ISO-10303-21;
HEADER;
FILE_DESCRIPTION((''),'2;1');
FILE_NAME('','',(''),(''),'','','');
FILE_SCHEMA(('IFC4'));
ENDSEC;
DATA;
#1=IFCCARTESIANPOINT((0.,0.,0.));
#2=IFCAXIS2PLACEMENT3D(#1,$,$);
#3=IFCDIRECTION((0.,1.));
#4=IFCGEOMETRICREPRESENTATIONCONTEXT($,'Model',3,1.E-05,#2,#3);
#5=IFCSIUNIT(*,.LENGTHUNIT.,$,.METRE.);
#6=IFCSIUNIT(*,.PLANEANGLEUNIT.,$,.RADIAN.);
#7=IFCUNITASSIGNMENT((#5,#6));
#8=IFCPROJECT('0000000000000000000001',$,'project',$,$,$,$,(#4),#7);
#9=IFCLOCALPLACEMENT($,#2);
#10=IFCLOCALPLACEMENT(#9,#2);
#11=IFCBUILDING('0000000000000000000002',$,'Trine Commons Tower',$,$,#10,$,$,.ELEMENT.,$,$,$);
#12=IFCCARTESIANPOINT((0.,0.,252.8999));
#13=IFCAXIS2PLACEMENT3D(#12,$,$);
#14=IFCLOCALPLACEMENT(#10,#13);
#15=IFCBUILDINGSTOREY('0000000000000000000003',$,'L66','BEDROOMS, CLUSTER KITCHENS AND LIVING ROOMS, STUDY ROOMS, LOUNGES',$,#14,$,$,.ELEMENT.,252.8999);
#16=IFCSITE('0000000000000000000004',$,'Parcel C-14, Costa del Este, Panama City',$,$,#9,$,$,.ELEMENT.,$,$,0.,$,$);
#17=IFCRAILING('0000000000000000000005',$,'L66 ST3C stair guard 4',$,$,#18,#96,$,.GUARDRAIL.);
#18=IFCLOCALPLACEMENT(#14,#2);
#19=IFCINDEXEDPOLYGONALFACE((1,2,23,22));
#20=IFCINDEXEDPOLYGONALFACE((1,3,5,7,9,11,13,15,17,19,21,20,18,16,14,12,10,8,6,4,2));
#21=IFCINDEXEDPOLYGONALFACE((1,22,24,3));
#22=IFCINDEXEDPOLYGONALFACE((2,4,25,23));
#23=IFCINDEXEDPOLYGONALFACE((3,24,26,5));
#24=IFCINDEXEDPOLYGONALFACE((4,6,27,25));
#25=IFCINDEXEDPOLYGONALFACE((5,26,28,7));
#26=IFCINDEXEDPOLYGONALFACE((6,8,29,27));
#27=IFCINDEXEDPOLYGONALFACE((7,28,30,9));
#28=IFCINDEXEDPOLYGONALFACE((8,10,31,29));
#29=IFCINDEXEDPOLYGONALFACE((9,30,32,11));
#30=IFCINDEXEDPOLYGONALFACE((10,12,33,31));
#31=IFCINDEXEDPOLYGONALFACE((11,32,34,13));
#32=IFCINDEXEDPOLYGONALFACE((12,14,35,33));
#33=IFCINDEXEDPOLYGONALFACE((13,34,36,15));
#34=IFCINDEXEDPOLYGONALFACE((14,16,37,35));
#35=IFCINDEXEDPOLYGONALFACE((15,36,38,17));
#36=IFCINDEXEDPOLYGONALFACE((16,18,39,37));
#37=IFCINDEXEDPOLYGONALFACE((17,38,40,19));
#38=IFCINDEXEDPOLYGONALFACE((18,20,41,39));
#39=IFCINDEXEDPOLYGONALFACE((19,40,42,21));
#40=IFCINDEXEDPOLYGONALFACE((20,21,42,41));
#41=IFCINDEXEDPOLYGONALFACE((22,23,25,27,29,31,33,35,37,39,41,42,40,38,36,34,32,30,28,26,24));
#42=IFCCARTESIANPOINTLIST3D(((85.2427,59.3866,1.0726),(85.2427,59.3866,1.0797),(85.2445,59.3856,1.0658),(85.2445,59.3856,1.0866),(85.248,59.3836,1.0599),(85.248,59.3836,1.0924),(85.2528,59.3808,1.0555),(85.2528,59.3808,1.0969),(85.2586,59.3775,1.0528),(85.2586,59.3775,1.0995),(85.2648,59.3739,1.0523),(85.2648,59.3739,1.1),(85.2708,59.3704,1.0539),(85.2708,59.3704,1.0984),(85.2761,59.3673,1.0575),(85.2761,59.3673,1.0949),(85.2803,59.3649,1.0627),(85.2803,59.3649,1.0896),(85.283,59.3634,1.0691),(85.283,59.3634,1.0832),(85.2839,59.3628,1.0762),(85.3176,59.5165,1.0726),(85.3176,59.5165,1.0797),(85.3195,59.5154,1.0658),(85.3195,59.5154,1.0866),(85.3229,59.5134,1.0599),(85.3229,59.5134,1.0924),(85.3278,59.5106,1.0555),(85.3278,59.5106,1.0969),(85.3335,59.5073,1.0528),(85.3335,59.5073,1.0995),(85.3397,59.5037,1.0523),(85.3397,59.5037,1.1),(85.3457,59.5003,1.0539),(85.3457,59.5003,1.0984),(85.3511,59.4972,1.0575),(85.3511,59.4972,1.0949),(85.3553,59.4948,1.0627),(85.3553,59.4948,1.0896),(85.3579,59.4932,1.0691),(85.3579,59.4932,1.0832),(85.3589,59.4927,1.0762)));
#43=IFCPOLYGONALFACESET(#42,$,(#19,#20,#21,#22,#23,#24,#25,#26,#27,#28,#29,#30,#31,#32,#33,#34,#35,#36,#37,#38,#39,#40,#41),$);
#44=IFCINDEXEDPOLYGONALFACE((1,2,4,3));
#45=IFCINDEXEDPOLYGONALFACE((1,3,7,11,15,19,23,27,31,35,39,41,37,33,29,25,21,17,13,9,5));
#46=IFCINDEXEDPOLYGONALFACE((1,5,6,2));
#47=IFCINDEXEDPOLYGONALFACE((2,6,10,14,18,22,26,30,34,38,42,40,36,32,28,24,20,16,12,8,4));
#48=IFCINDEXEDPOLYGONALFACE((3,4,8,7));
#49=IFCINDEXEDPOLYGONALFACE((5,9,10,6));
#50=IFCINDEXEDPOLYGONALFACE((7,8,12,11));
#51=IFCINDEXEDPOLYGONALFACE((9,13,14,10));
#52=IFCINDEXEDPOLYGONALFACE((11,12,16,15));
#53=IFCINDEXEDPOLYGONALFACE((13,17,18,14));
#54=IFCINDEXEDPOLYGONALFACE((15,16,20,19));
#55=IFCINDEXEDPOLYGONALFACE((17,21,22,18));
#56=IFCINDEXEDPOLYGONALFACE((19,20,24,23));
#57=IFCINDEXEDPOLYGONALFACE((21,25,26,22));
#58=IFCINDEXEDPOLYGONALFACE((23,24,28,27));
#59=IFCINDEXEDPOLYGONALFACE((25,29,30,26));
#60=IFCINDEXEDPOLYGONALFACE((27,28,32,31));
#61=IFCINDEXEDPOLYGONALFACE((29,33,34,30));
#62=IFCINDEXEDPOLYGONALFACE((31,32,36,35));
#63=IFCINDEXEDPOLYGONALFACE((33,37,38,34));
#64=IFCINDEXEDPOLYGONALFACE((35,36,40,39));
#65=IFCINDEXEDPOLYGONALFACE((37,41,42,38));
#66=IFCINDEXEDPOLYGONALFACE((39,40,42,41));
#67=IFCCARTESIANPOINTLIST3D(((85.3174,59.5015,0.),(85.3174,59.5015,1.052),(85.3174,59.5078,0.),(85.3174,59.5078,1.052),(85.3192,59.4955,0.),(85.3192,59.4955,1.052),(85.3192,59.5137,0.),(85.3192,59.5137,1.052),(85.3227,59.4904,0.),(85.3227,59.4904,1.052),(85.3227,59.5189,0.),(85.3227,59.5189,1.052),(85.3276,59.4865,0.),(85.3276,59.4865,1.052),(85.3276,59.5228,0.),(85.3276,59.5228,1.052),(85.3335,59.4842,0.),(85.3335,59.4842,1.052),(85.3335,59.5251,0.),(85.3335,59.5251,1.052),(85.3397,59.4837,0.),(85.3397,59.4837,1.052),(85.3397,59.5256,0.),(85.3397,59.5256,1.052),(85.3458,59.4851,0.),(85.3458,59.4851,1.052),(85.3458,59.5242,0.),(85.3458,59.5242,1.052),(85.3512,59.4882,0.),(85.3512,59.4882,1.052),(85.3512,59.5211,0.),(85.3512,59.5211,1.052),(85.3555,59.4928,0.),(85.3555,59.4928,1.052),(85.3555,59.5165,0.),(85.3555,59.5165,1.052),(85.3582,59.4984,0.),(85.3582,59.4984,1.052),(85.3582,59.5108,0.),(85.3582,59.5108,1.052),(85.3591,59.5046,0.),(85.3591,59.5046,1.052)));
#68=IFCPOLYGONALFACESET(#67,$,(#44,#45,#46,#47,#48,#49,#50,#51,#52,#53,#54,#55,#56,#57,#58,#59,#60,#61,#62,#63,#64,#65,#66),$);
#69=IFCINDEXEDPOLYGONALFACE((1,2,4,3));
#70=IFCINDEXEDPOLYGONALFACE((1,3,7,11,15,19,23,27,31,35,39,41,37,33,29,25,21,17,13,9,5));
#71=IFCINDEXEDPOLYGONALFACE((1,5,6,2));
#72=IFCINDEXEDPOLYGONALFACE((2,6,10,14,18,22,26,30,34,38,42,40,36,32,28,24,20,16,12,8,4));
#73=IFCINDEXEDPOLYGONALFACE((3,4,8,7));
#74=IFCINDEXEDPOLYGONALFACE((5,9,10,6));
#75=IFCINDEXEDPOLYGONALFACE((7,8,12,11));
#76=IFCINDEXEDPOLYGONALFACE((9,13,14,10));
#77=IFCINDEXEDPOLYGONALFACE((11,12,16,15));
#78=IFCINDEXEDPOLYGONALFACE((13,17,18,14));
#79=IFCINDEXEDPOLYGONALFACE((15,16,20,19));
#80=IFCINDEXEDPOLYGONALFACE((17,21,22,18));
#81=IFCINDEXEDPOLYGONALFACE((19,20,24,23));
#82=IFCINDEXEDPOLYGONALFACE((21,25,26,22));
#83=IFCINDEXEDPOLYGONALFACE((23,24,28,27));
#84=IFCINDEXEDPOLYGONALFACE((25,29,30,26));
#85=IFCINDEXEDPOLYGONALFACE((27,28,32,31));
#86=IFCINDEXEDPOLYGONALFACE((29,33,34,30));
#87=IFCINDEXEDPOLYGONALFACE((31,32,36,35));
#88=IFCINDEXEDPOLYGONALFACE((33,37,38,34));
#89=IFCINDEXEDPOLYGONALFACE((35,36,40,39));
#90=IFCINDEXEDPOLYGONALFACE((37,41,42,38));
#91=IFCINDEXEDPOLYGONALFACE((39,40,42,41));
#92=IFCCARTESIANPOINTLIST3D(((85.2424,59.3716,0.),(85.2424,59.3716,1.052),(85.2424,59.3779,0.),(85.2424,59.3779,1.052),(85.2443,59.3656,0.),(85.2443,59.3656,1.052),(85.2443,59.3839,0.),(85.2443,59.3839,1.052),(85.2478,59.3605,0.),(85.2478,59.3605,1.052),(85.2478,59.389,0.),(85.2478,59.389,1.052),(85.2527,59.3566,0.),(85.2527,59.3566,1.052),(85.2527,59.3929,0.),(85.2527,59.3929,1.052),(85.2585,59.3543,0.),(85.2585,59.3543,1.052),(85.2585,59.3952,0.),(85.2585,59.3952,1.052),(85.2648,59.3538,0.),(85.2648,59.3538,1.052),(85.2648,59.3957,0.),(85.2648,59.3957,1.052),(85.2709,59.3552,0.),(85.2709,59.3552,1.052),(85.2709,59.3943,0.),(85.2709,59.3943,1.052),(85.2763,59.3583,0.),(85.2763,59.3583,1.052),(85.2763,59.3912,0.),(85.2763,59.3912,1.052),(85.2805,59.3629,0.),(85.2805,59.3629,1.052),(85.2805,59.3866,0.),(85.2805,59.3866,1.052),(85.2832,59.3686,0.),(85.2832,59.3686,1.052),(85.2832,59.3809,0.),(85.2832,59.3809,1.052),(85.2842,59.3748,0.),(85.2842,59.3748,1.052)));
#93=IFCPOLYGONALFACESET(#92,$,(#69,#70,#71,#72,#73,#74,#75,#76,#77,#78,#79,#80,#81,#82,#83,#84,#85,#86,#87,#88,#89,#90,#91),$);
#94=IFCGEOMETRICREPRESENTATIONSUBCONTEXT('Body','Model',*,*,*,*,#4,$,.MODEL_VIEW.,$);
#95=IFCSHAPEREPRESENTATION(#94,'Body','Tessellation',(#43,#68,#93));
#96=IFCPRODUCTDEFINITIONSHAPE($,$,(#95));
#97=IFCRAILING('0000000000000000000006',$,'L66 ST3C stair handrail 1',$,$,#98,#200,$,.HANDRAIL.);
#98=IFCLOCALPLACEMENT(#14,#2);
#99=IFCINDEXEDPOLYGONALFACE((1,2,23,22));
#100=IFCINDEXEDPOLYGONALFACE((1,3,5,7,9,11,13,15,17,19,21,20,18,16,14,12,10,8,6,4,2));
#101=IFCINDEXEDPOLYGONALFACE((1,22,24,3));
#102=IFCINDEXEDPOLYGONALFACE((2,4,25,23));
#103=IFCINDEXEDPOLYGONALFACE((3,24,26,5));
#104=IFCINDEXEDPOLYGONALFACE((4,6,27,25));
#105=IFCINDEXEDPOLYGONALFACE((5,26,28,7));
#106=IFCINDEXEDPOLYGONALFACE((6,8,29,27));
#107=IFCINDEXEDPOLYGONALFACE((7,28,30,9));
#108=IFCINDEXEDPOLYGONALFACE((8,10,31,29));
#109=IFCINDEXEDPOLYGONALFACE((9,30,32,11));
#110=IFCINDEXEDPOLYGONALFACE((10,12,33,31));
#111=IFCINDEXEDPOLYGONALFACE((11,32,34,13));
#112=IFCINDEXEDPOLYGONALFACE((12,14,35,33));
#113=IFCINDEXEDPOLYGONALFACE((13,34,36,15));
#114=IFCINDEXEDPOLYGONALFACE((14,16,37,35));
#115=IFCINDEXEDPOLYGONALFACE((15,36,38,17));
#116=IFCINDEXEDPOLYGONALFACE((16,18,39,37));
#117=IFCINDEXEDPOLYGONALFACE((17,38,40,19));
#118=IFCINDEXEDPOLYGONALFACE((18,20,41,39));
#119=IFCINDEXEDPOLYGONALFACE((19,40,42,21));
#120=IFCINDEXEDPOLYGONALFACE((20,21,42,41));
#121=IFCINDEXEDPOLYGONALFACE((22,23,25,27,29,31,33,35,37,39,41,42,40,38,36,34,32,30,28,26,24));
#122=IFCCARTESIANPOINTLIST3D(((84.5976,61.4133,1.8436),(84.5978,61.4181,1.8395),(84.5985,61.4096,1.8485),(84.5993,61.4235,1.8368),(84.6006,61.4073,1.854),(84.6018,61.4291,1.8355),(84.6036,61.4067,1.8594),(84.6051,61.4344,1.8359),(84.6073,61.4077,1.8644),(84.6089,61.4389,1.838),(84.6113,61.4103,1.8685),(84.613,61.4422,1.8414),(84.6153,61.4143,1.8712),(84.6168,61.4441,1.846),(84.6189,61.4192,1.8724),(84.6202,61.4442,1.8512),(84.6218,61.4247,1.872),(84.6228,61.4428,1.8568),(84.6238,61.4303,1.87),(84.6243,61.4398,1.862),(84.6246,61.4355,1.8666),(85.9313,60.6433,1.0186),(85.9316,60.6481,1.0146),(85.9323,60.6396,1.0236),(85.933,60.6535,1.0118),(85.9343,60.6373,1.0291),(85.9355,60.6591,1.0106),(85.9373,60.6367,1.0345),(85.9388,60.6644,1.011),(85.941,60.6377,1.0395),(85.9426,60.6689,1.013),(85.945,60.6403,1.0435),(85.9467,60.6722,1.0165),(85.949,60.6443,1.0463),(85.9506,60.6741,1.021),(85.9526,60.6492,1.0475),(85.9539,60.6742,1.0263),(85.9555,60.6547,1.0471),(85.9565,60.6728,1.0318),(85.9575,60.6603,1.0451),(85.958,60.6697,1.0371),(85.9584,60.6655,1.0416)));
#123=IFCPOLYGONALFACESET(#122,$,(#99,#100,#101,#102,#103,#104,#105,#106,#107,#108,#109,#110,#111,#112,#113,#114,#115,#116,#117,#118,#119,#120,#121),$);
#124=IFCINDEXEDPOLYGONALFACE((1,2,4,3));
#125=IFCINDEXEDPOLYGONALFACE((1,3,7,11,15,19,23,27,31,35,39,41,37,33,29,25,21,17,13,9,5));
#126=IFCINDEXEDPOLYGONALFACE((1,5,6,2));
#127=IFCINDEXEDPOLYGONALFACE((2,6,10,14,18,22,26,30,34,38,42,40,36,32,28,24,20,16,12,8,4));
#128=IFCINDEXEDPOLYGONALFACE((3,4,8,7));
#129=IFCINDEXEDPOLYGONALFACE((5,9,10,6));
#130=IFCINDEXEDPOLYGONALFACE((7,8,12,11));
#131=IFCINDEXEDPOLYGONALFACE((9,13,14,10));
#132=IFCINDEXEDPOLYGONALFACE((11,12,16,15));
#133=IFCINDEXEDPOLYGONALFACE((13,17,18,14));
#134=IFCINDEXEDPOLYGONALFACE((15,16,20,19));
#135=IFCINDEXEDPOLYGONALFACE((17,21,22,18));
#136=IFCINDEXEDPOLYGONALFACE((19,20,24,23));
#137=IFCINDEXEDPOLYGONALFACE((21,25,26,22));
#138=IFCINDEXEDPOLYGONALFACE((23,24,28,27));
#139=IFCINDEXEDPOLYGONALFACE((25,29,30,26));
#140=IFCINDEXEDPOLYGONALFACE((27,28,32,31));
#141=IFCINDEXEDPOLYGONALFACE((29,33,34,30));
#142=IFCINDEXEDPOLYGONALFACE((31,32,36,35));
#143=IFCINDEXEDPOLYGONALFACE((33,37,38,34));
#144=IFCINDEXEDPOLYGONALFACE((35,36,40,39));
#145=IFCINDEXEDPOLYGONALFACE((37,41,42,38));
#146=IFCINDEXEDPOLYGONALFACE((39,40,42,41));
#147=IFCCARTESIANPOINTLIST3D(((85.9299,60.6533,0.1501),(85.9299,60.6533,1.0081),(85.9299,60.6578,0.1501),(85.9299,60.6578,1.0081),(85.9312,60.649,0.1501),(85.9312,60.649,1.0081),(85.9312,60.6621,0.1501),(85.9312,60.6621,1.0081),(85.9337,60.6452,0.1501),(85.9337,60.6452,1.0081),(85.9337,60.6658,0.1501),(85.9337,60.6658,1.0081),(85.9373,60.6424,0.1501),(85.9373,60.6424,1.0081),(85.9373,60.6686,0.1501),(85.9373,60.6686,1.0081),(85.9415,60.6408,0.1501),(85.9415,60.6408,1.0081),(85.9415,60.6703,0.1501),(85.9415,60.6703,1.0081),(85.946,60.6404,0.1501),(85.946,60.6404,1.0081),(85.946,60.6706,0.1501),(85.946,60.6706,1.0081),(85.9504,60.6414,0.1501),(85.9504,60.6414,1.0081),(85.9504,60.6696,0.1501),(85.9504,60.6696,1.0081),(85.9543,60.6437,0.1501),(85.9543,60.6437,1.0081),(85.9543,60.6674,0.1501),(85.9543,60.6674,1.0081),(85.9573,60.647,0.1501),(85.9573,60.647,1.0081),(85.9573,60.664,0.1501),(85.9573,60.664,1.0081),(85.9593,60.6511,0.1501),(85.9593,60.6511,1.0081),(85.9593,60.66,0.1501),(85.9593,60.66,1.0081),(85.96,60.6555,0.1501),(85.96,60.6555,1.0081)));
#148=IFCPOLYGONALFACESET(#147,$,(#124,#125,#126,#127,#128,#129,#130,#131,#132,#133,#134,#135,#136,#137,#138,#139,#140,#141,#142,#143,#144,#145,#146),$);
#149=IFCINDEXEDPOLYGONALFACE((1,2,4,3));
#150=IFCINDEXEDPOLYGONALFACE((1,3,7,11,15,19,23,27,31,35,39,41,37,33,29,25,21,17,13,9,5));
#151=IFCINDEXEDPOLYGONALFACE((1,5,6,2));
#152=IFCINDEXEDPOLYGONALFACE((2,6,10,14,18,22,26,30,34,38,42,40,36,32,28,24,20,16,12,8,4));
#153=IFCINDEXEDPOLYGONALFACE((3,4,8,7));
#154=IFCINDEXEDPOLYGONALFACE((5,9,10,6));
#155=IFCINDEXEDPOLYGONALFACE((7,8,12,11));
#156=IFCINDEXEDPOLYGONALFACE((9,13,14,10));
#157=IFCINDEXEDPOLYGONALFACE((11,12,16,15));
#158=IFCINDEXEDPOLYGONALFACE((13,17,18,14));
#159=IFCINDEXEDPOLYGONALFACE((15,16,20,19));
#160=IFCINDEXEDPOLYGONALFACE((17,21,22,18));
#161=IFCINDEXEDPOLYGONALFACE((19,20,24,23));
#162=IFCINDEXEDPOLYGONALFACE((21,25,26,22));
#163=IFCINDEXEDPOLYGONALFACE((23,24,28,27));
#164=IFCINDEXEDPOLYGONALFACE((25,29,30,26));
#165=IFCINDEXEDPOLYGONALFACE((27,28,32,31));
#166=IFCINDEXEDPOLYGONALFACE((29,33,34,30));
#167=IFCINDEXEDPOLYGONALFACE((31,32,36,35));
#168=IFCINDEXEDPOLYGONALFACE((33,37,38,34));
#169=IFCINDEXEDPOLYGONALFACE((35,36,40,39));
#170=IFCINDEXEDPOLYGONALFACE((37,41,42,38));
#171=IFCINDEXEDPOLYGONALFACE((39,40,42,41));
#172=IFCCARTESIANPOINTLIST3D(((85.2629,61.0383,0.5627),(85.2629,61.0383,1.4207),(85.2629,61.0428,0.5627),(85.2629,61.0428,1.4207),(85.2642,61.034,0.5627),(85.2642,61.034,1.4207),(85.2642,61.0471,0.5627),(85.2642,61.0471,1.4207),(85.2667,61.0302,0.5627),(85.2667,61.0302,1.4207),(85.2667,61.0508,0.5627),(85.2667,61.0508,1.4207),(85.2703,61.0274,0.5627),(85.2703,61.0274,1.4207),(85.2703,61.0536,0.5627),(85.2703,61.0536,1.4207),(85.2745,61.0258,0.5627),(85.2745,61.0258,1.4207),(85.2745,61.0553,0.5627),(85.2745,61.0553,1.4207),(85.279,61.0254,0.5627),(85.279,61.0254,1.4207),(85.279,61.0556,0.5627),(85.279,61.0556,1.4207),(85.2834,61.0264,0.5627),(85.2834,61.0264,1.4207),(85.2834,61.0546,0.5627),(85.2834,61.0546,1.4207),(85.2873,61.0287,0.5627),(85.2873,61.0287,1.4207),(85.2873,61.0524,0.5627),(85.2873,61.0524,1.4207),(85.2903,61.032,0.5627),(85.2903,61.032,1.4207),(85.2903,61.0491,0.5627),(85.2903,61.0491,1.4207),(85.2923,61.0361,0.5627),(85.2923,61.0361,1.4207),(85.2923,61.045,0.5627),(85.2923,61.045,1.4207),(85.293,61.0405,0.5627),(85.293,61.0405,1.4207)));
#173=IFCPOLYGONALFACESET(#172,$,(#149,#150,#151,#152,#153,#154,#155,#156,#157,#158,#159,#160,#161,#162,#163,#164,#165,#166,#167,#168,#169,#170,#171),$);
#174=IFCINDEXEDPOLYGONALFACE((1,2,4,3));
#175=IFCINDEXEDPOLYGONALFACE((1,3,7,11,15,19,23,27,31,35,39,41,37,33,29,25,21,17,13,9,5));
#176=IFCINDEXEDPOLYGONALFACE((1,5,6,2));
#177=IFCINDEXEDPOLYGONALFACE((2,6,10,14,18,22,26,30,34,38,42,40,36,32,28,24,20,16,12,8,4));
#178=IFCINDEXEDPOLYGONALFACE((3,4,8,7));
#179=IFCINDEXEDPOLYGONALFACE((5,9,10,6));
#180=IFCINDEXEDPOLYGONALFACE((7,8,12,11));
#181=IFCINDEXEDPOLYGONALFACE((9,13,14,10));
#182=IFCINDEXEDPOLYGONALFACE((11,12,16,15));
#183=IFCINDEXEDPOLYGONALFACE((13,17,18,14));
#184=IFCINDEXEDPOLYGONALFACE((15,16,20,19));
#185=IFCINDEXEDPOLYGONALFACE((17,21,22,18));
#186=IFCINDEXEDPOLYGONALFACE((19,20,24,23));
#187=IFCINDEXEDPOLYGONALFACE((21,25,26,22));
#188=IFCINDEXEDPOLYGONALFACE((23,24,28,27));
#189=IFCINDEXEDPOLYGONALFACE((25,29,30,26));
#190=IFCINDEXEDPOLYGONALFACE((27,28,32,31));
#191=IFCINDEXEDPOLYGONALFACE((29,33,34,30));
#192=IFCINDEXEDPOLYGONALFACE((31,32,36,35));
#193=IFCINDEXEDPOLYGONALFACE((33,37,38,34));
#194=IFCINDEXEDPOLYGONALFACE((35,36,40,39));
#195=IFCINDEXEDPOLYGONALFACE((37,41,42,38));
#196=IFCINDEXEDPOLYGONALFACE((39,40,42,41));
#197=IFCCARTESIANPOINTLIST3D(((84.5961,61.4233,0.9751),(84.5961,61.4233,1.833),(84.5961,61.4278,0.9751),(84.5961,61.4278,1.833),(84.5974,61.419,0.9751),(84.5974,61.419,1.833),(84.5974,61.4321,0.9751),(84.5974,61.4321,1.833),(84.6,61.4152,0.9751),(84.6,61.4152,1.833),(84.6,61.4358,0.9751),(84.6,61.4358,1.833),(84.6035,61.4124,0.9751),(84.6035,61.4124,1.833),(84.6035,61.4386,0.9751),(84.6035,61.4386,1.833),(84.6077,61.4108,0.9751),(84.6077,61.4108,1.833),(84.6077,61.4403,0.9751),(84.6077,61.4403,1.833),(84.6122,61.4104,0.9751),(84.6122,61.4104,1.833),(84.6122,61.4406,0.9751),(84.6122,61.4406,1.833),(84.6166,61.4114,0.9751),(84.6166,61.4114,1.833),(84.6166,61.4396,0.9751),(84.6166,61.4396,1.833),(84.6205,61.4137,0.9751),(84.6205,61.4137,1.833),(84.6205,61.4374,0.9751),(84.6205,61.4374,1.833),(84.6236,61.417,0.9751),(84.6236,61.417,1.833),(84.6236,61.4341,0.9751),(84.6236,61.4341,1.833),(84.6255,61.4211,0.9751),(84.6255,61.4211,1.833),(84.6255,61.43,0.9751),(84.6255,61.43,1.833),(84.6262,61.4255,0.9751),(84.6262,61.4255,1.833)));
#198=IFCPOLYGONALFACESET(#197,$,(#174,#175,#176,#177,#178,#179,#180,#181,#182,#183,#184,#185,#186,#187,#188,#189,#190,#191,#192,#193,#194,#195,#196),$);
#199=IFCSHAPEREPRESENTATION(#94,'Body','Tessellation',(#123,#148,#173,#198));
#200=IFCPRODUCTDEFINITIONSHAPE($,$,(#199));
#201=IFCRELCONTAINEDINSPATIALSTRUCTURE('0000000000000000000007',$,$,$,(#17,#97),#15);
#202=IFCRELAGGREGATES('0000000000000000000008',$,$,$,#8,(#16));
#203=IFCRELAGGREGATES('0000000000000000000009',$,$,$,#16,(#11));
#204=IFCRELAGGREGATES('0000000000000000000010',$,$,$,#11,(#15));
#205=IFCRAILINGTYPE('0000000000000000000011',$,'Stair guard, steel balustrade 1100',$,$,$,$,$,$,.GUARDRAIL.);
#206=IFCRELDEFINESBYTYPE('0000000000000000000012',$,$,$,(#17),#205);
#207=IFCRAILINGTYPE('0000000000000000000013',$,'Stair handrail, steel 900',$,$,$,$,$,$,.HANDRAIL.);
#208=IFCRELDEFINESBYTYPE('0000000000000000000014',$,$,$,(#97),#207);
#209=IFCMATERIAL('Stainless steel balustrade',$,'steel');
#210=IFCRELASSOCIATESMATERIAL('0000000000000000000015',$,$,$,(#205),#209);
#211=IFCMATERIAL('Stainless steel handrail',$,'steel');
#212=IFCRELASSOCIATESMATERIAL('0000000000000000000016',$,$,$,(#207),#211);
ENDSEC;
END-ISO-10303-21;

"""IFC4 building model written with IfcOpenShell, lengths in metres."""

from ifc_helpers import new_model, si_unit, direction, frame, origin, origin_2d, place, context, subcontext, project, spatial, circle, extrude, material, type_object, element, save


model = new_model("IFC4")

# Units and contexts
model_context = context("Model", 3, precision=1e-05, world=origin(), true_north=direction((0.0, 1.0)))
body_context = subcontext(model_context, "Body", "Model", "MODEL_VIEW")
ifc_project = project(units=[si_unit("LENGTHUNIT", "METRE"), si_unit("PLANEANGLEUNIT", "RADIAN")], contexts=[model_context])

# Site, building, storey
site_placement = place(None, origin())
site = spatial("IfcSite", under=ifc_project, at=site_placement, Name="Parcel C-14, Costa del Este, Panama City", CompositionType="ELEMENT", RefElevation=0.0)
building_placement = place(site_placement, origin())
building = spatial("IfcBuilding", under=site, at=building_placement, Name="Trine Commons Tower", CompositionType="ELEMENT")
storey_placement = place(building_placement, frame((0.0, 0.0, 252.8999)))
storey = spatial("IfcBuildingStorey", under=building, at=storey_placement, Name="L66", Description="BEDROOMS, CLUSTER KITCHENS AND LIVING ROOMS, STUDY ROOMS, LOUNGES", CompositionType="ELEMENT", Elevation=252.8999)

# Railings
ifc_material_1 = material(Name="Stainless steel balustrade", Category="steel")
railing_type_1 = type_object("IfcRailingType", Name="Stair guard, steel balustrade 1100", PredefinedType="GUARDRAIL", material=ifc_material_1)
railing_1_placement = place(storey_placement, frame((85.3381, 59.5046, 0.0)))
element("IfcRailing", 1, at=railing_1_placement, inside=storey, type_object=railing_type_1, Name="L66 ST3C stair guard 4", PredefinedType="GUARDRAIL", context=body_context, shape_type="SweptSolid", body=[
    extrude(circle(Radius=0.0239, at=origin_2d()), frame((0.0, 0.0, 1.0762), z_axis=(-0.499816, -0.866131, 0.0), x_axis=(0.866131, -0.499816, 0.0)), (0.0, 0.0, 1.0), 0.1499),
    extrude(circle(Radius=0.021, at=origin_2d()), origin(), (0.0, 0.0, 1.0), 1.052),
    extrude(circle(Radius=0.021, at=origin_2d()), frame((-0.075, -0.1299, 0.0)), (0.0, 0.0, 1.0), 1.052),
])
ifc_material_2 = material(Name="Stainless steel handrail", Category="steel")
railing_type_2 = type_object("IfcRailingType", Name="Stair handrail, steel 900", PredefinedType="HANDRAIL", material=ifc_material_2)
railing_2_placement = place(storey_placement, frame((85.9448, 60.6555, 0.1501)))
element("IfcRailing", 2, at=railing_2_placement, inside=storey, type_object=railing_type_2, Name="L66 ST3C stair handrail 1", PredefinedType="HANDRAIL", context=body_context, shape_type="SweptSolid", body=[
    extrude(circle(Radius=0.021, at=origin_2d()), frame((0.0, 0.0, 0.8789), z_axis=(-0.763405, 0.440743, 0.472185), x_axis=(-0.499992, -0.86603, 0.0)), (0.0, 0.0, 1.0), 1.7471),
    extrude(circle(Radius=0.0151, at=origin_2d()), origin(), (0.0, 0.0, 1.0), 0.8579),
    extrude(circle(Radius=0.0151, at=origin_2d()), frame((-0.667, 0.385, 0.4126)), (0.0, 0.0, 1.0), 0.8579),
    extrude(circle(Radius=0.0151, at=origin_2d()), frame((-1.3337, 0.77, 0.825)), (0.0, 0.0, 1.0), 0.8579),
])

save(model, "model.ifc")
